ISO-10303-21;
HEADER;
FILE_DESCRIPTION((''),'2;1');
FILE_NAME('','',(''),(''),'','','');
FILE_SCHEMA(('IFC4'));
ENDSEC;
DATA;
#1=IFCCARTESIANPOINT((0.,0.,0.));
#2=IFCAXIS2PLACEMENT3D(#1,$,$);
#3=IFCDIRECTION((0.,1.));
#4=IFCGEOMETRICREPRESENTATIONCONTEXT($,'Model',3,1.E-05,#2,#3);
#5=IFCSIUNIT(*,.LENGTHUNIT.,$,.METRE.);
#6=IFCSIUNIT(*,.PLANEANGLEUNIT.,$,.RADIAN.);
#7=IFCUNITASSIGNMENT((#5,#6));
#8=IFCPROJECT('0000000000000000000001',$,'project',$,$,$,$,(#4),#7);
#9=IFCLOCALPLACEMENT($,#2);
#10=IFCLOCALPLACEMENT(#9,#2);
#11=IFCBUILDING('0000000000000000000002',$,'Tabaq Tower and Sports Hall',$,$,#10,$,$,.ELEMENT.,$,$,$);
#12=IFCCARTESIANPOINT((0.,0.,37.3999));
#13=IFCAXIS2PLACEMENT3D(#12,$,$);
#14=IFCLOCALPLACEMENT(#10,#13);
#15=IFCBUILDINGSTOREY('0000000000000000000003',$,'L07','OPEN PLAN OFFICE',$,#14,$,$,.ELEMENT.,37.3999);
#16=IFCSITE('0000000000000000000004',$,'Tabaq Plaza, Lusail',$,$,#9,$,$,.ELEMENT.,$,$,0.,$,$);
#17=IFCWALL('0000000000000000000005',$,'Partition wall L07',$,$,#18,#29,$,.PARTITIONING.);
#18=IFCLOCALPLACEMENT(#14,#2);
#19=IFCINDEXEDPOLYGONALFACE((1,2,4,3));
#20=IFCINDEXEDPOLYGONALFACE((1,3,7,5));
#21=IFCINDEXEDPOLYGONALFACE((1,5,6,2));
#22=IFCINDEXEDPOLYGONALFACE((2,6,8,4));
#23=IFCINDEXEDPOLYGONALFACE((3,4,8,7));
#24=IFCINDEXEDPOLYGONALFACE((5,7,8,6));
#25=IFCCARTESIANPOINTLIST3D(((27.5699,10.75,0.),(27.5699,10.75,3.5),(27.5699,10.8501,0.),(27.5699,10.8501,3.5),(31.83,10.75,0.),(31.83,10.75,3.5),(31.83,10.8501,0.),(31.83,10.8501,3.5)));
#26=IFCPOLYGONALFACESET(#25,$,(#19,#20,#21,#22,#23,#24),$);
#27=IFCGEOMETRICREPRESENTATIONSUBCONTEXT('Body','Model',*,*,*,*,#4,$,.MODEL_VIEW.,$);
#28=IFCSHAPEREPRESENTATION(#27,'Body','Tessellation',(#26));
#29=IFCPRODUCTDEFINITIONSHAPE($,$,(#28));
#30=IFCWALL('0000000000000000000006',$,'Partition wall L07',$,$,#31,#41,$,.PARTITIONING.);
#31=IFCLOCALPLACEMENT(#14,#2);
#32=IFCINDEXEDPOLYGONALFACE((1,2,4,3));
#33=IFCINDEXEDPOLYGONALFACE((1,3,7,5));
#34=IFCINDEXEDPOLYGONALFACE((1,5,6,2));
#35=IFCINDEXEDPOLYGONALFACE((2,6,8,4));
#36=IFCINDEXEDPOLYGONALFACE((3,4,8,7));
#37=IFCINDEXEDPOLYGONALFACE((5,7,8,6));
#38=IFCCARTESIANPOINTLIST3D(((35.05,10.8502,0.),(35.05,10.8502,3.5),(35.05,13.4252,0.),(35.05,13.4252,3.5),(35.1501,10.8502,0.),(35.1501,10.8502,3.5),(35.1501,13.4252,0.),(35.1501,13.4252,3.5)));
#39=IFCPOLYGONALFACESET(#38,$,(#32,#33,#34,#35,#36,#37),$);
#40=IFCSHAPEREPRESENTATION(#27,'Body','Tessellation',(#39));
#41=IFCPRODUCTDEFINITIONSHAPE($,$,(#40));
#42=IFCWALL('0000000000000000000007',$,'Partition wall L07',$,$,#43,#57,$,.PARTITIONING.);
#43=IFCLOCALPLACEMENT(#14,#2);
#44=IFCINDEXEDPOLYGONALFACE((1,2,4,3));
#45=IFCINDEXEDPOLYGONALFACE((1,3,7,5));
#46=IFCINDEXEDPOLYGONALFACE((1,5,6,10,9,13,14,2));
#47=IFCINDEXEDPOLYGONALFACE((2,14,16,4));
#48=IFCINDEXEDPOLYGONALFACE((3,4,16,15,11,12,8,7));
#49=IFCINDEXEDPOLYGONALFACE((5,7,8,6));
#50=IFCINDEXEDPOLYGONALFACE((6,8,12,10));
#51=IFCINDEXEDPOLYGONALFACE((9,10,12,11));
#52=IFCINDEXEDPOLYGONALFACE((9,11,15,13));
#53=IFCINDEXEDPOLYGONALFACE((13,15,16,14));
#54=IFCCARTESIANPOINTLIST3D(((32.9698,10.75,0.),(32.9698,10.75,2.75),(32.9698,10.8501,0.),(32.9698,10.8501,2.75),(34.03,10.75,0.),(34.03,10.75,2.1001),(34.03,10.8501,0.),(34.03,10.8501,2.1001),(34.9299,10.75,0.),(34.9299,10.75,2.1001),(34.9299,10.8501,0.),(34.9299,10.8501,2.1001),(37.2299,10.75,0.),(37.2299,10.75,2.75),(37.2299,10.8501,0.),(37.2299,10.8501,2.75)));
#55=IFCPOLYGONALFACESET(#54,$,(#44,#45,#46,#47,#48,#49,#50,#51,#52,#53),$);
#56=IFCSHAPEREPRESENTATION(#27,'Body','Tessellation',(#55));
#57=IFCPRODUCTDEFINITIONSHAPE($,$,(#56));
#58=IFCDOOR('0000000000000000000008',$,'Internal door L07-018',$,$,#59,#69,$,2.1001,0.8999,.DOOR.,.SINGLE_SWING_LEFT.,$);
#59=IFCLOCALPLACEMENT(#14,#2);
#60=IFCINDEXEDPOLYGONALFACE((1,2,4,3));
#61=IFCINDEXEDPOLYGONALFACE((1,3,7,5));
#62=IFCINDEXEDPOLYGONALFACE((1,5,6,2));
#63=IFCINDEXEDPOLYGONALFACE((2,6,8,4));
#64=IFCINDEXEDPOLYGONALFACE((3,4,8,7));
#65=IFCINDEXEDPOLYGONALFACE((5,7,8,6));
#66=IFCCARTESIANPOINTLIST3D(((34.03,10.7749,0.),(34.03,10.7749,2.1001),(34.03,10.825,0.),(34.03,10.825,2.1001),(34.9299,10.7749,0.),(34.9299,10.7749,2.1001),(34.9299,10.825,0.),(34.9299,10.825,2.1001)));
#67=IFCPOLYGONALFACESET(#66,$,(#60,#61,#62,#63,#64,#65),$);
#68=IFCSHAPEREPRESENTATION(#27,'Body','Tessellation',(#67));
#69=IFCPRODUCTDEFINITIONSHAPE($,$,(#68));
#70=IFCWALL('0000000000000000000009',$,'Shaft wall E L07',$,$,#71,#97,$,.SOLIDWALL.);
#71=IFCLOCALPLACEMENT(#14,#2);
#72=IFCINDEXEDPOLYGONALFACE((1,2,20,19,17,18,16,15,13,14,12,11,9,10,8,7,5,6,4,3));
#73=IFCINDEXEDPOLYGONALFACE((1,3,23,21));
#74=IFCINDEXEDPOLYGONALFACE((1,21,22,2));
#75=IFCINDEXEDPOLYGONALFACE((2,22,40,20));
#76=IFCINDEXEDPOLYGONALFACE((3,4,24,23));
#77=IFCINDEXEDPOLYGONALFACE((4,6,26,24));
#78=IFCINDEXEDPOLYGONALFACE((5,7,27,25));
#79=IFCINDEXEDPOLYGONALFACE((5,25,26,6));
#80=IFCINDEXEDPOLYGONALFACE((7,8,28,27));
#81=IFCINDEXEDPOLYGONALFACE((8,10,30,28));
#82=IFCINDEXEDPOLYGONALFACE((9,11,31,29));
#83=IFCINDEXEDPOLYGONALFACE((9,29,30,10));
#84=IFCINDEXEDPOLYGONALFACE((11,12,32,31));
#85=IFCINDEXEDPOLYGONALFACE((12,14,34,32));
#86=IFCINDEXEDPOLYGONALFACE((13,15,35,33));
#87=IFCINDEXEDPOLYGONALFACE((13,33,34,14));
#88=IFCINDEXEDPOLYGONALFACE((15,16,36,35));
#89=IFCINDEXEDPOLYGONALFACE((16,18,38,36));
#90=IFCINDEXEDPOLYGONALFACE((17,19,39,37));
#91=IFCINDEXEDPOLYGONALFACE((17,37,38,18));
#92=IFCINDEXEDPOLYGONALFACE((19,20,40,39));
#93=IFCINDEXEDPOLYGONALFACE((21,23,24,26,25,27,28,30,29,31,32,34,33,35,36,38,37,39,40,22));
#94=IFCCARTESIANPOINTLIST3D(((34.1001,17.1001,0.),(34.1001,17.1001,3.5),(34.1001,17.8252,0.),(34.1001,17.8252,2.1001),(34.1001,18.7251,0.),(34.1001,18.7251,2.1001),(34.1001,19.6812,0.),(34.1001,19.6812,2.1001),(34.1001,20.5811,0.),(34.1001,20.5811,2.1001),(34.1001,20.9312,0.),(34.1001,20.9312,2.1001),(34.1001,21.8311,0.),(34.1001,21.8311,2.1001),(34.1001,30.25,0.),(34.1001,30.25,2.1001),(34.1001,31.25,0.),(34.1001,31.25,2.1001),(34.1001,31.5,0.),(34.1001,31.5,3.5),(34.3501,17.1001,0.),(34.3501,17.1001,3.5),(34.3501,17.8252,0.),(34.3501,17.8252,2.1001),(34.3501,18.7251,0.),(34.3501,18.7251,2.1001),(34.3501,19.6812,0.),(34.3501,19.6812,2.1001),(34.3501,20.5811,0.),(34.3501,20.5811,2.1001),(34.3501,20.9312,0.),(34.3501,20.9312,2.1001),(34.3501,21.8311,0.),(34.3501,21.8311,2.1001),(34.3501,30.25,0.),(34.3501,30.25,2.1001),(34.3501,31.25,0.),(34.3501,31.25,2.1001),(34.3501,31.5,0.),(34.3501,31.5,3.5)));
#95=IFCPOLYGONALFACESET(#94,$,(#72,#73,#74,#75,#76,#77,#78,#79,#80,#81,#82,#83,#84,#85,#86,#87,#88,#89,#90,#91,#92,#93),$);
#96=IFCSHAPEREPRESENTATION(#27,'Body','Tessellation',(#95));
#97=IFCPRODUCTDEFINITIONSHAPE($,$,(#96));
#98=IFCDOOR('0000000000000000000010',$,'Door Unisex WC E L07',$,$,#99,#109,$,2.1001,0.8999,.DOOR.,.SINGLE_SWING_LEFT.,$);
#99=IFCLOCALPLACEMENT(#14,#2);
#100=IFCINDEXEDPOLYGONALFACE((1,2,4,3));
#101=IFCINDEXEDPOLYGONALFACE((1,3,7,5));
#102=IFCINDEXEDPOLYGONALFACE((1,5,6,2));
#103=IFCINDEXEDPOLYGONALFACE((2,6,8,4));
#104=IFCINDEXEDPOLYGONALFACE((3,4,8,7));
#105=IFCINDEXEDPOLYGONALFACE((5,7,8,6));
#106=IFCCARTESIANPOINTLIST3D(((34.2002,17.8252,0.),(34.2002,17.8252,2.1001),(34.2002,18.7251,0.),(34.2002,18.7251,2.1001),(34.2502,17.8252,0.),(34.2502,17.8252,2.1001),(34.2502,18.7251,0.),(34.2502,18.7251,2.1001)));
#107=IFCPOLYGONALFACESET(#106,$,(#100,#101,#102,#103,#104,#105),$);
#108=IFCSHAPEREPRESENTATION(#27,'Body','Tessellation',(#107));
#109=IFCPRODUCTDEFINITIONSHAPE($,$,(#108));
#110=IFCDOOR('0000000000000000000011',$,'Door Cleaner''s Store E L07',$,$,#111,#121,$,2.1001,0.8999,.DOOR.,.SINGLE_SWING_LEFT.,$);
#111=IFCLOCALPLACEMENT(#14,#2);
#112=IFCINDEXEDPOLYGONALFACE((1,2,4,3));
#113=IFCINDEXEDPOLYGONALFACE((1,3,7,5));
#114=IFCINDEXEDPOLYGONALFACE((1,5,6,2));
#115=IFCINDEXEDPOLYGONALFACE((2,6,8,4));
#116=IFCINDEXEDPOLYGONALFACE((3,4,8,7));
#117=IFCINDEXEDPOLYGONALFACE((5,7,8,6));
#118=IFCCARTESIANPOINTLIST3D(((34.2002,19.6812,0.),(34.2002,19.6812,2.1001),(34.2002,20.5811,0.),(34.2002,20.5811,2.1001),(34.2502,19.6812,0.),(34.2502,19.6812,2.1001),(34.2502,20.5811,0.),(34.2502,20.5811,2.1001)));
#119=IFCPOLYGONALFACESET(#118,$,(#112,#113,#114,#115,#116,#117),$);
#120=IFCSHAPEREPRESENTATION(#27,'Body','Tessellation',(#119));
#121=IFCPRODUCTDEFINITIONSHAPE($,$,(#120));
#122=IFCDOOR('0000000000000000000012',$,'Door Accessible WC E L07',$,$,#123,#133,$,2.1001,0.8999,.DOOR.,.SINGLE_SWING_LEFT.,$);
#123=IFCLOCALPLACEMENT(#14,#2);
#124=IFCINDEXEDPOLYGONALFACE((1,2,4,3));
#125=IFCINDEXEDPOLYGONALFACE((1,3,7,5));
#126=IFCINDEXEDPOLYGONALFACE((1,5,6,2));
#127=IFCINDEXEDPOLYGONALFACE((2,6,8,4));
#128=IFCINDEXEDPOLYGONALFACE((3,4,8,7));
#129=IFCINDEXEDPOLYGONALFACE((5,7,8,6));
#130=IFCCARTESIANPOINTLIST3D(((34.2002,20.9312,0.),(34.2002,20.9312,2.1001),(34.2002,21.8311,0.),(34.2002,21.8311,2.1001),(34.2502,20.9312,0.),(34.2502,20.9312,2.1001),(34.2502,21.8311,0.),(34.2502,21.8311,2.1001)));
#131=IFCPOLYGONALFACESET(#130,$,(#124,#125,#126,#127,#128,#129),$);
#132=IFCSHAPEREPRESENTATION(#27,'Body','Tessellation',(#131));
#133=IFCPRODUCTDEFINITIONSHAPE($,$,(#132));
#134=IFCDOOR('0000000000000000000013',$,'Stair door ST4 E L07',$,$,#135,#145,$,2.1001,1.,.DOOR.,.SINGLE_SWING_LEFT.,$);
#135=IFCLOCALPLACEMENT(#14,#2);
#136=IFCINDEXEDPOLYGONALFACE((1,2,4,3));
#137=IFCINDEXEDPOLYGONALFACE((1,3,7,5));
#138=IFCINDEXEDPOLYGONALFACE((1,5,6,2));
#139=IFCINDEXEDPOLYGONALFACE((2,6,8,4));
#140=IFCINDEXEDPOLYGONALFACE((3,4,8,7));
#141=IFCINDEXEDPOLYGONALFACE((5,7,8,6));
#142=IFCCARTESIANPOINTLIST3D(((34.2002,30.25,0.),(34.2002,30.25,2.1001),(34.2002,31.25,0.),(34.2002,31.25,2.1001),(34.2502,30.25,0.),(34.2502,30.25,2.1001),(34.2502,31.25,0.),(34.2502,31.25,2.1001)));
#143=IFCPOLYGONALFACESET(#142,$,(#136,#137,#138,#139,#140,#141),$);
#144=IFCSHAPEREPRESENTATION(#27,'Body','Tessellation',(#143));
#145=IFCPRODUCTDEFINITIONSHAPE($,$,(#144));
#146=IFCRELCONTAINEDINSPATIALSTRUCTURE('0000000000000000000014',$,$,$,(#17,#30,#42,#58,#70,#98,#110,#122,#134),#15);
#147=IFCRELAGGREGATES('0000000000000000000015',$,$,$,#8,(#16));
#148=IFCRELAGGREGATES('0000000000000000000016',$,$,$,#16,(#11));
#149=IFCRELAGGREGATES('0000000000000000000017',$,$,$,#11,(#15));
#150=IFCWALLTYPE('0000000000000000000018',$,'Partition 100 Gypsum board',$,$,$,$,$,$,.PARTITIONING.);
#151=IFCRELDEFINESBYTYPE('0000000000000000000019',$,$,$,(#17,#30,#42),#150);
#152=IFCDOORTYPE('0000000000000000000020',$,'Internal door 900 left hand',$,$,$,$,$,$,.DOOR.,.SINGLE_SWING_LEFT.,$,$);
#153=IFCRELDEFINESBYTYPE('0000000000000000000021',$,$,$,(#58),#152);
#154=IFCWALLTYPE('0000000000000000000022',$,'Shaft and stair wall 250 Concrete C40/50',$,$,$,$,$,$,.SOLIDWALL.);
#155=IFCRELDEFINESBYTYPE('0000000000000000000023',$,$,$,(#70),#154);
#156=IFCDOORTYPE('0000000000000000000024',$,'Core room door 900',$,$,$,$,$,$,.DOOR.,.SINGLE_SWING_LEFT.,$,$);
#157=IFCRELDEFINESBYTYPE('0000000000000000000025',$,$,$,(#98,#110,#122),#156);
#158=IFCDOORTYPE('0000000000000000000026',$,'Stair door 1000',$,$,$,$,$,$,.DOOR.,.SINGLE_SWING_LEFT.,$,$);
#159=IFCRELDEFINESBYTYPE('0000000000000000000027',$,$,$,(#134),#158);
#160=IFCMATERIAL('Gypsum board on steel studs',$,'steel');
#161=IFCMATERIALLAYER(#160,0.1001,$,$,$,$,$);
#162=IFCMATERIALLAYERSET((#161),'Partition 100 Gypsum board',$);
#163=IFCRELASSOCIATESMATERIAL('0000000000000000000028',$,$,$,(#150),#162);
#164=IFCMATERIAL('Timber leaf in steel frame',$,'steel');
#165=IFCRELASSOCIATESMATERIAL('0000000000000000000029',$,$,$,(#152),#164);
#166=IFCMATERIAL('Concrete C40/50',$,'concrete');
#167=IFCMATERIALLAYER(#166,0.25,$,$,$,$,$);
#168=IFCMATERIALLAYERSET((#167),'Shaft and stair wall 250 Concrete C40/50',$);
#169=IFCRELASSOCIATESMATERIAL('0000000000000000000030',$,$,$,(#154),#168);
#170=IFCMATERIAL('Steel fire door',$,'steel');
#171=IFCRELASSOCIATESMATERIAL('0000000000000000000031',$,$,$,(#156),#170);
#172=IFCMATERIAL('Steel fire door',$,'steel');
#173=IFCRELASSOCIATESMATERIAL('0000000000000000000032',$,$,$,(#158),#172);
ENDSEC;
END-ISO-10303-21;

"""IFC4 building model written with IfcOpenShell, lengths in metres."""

from ifc_helpers import new_model, si_unit, direction, frame, frame_2d, origin, place, context, subcontext, project, spatial, rectangle, extrude, material, layer, layer_set, type_object, element, fill, save


model = new_model("IFC4")

# Units and contexts
model_context = context("Model", 3, precision=1e-05, world=origin(), true_north=direction((0.0, 1.0)))
body_context = subcontext(model_context, "Body", "Model", "MODEL_VIEW")
ifc_project = project(units=[si_unit("LENGTHUNIT", "METRE"), si_unit("PLANEANGLEUNIT", "RADIAN")], contexts=[model_context])

# Site, building, storey
site_placement = place(None, origin())
site = spatial("IfcSite", under=ifc_project, at=site_placement, Name="Tabaq Plaza, Lusail", CompositionType="ELEMENT", RefElevation=0.0)
building_placement = place(site_placement, origin())
building = spatial("IfcBuilding", under=site, at=building_placement, Name="Tabaq Tower and Sports Hall", CompositionType="ELEMENT")
storey_placement = place(building_placement, frame((0.0, 0.0, 37.3999)))
storey = spatial("IfcBuildingStorey", under=building, at=storey_placement, Name="L07", Description="OPEN PLAN OFFICE", CompositionType="ELEMENT", Elevation=37.3999)

# Walls
ifc_material_1 = material(Name="Gypsum board on steel studs", Category="steel")
ifc_layer_1 = layer(ifc_material_1, 0.1001)
ifc_layer_set_1 = layer_set([ifc_layer_1], Name="Partition 100 Gypsum board")
wall_type_1 = type_object("IfcWallType", Name="Partition 100 Gypsum board", PredefinedType="PARTITIONING", material=ifc_layer_set_1)
wall_1_placement = place(storey_placement, frame((27.5701, 10.8, 0.0), z_axis=(0.0, 0.0, 1.0), x_axis=(1.0, 0.0, 0.0)))
element("IfcWall", 1, at=wall_1_placement, inside=storey, type_object=wall_type_1, Name="Partition wall L07", PredefinedType="PARTITIONING", context=body_context, shape_type="SweptSolid", body=[
    extrude(rectangle(XDim=4.26, YDim=0.1001, at=frame_2d((2.1299, 0.0))), origin(), (0.0, 0.0, 1.0), 3.5),
])
wall_2_placement = place(storey_placement, frame((35.1001, 10.8501, 0.0), z_axis=(0.0, 0.0, 1.0), x_axis=(0.0, 1.0, 0.0)))
element("IfcWall", 2, at=wall_2_placement, inside=storey, type_object=wall_type_1, Name="Partition wall L07", PredefinedType="PARTITIONING", context=body_context, shape_type="SweptSolid", body=[
    extrude(rectangle(XDim=2.575, YDim=0.1001, at=frame_2d((1.2876, 0.0))), origin(), (0.0, 0.0, 1.0), 3.5),
])

# Wall, opening, door
wall_3_placement = place(storey_placement, frame((32.97, 10.8, 0.0), z_axis=(0.0, 0.0, 1.0), x_axis=(1.0, 0.0, 0.0)))
wall_3 = element("IfcWall", 3, at=wall_3_placement, inside=storey, type_object=wall_type_1, Name="Partition wall L07", PredefinedType="PARTITIONING", context=body_context, shape_type="SweptSolid", body=[
    extrude(rectangle(XDim=4.26, YDim=0.1001, at=frame_2d((2.1299, 0.0))), origin(), (0.0, 0.0, 1.0), 2.75),
])
opening_1_placement = place(wall_3_placement, frame((1.0601, 0.0, 0.0)))
opening_1 = element("IfcOpeningElement", 4, at=opening_1_placement, cuts=wall_3, PredefinedType="OPENING", context=body_context, shape_type="SweptSolid", body=[
    extrude(rectangle(XDim=0.8999, YDim=2.1001, at=frame_2d((0.45, 1.05))), frame((0.0, 0.05, 0.0), z_axis=(0.0, -1.0, 0.0), x_axis=(1.0, 0.0, 0.0)), (0.0, 0.0, 1.0), 0.1001),
])
ifc_material_2 = material(Name="Timber leaf in steel frame", Category="steel")
door_type_1 = type_object("IfcDoorType", Name="Internal door 900 left hand", OperationType="SINGLE_SWING_LEFT", PredefinedType="DOOR", material=ifc_material_2)
door_1_placement = place(opening_1_placement, origin())
door_1 = element("IfcDoor", 5, at=door_1_placement, inside=storey, type_object=door_type_1, Name="Internal door L07-018", OperationType="SINGLE_SWING_LEFT", OverallHeight=2.1001, OverallWidth=0.8999, PredefinedType="DOOR", context=body_context, shape_type="SweptSolid", body=[
    extrude(rectangle(XDim=0.8999, YDim=2.1001, at=frame_2d((0.45, 1.05))), frame((0.0, 0.0249, 0.0), z_axis=(0.0, -1.0, 0.0), x_axis=(1.0, 0.0, 0.0)), (0.0, 0.0, 1.0), 0.05),
])
fill(opening_1, door_1)

# Wall, openings, doors
ifc_material_3 = material(Name="Concrete C40/50", Category="concrete")
ifc_layer_2 = layer(ifc_material_3, 0.25)
ifc_layer_set_2 = layer_set([ifc_layer_2], Name="Shaft and stair wall 250 Concrete C40/50")
wall_type_2 = type_object("IfcWallType", Name="Shaft and stair wall 250 Concrete C40/50", PredefinedType="SOLIDWALL", material=ifc_layer_set_2)
wall_4_placement = place(storey_placement, frame((34.2251, 17.1001, 0.0), z_axis=(0.0, 0.0, 1.0), x_axis=(0.0, 1.0, 0.0)))
wall_4 = element("IfcWall", 6, at=wall_4_placement, inside=storey, type_object=wall_type_2, Name="Shaft wall E L07", PredefinedType="SOLIDWALL", context=body_context, shape_type="SweptSolid", body=[
    extrude(rectangle(XDim=14.3999, YDim=0.25, at=frame_2d((7.2, 0.0))), origin(), (0.0, 0.0, 1.0), 3.5),
])
opening_2_placement = place(wall_4_placement, frame((13.1499, 0.0, 0.0)))
opening_2 = element("IfcOpeningElement", 7, at=opening_2_placement, cuts=wall_4, PredefinedType="OPENING", context=body_context, shape_type="SweptSolid", body=[
    extrude(rectangle(XDim=1.0, YDim=2.1001, at=frame_2d((0.5, 1.05))), frame((0.0, 0.125, 0.0), z_axis=(0.0, -1.0, 0.0), x_axis=(1.0, 0.0, 0.0)), (0.0, 0.0, 1.0), 0.25),
])
opening_3_placement = place(wall_4_placement, frame((0.7251, 0.0, 0.0)))
opening_3 = element("IfcOpeningElement", 8, at=opening_3_placement, cuts=wall_4, PredefinedType="OPENING", context=body_context, shape_type="SweptSolid", body=[
    extrude(rectangle(XDim=0.8999, YDim=2.1001, at=frame_2d((0.45, 1.05))), frame((0.0, 0.125, 0.0), z_axis=(0.0, -1.0, 0.0), x_axis=(1.0, 0.0, 0.0)), (0.0, 0.0, 1.0), 0.25),
])
opening_4_placement = place(wall_4_placement, frame((2.5811, 0.0, 0.0)))
opening_4 = element("IfcOpeningElement", 9, at=opening_4_placement, cuts=wall_4, PredefinedType="OPENING", context=body_context, shape_type="SweptSolid", body=[
    extrude(rectangle(XDim=0.8999, YDim=2.1001, at=frame_2d((0.45, 1.05))), frame((0.0, 0.125, 0.0), z_axis=(0.0, -1.0, 0.0), x_axis=(1.0, 0.0, 0.0)), (0.0, 0.0, 1.0), 0.25),
])
opening_5_placement = place(wall_4_placement, frame((3.8311, 0.0, 0.0)))
opening_5 = element("IfcOpeningElement", 10, at=opening_5_placement, cuts=wall_4, PredefinedType="OPENING", context=body_context, shape_type="SweptSolid", body=[
    extrude(rectangle(XDim=0.8999, YDim=2.1001, at=frame_2d((0.45, 1.05))), frame((0.0, 0.125, 0.0), z_axis=(0.0, -1.0, 0.0), x_axis=(1.0, 0.0, 0.0)), (0.0, 0.0, 1.0), 0.25),
])
ifc_material_4 = material(Name="Steel fire door", Category="steel")
door_type_2 = type_object("IfcDoorType", Name="Core room door 900", OperationType="SINGLE_SWING_LEFT", PredefinedType="DOOR", material=ifc_material_4)
door_2_placement = place(opening_3_placement, origin())
door_2 = element("IfcDoor", 11, at=door_2_placement, inside=storey, type_object=door_type_2, Name="Door Unisex WC E L07", OperationType="SINGLE_SWING_LEFT", OverallHeight=2.1001, OverallWidth=0.8999, PredefinedType="DOOR", context=body_context, shape_type="SweptSolid", body=[
    extrude(rectangle(XDim=0.8999, YDim=2.1001, at=frame_2d((0.45, 1.05))), frame((0.0, 0.0249, 0.0), z_axis=(0.0, -1.0, 0.0), x_axis=(1.0, 0.0, 0.0)), (0.0, 0.0, 1.0), 0.05),
])
fill(opening_3, door_2)
door_3_placement = place(opening_4_placement, origin())
door_3 = element("IfcDoor", 12, at=door_3_placement, inside=storey, type_object=door_type_2, Name="Door Cleaner's Store E L07", OperationType="SINGLE_SWING_LEFT", OverallHeight=2.1001, OverallWidth=0.8999, PredefinedType="DOOR", context=body_context, shape_type="SweptSolid", body=[
    extrude(rectangle(XDim=0.8999, YDim=2.1001, at=frame_2d((0.45, 1.05))), frame((0.0, 0.0249, 0.0), z_axis=(0.0, -1.0, 0.0), x_axis=(1.0, 0.0, 0.0)), (0.0, 0.0, 1.0), 0.05),
])
fill(opening_4, door_3)
door_4_placement = place(opening_5_placement, origin())
door_4 = element("IfcDoor", 13, at=door_4_placement, inside=storey, type_object=door_type_2, Name="Door Accessible WC E L07", OperationType="SINGLE_SWING_LEFT", OverallHeight=2.1001, OverallWidth=0.8999, PredefinedType="DOOR", context=body_context, shape_type="SweptSolid", body=[
    extrude(rectangle(XDim=0.8999, YDim=2.1001, at=frame_2d((0.45, 1.05))), frame((0.0, 0.0249, 0.0), z_axis=(0.0, -1.0, 0.0), x_axis=(1.0, 0.0, 0.0)), (0.0, 0.0, 1.0), 0.05),
])
fill(opening_5, door_4)
ifc_material_5 = material(Name="Steel fire door", Category="steel")
door_type_3 = type_object("IfcDoorType", Name="Stair door 1000", OperationType="SINGLE_SWING_LEFT", PredefinedType="DOOR", material=ifc_material_5)
door_5_placement = place(opening_2_placement, origin())
door_5 = element("IfcDoor", 14, at=door_5_placement, inside=storey, type_object=door_type_3, Name="Stair door ST4 E L07", OperationType="SINGLE_SWING_LEFT", OverallHeight=2.1001, OverallWidth=1.0, PredefinedType="DOOR", context=body_context, shape_type="SweptSolid", body=[
    extrude(rectangle(XDim=1.0, YDim=2.1001, at=frame_2d((0.5, 1.05))), frame((0.0, 0.0249, 0.0), z_axis=(0.0, -1.0, 0.0), x_axis=(1.0, 0.0, 0.0)), (0.0, 0.0, 1.0), 0.05),
])
fill(opening_2, door_5)

save(model, "model.ifc")
